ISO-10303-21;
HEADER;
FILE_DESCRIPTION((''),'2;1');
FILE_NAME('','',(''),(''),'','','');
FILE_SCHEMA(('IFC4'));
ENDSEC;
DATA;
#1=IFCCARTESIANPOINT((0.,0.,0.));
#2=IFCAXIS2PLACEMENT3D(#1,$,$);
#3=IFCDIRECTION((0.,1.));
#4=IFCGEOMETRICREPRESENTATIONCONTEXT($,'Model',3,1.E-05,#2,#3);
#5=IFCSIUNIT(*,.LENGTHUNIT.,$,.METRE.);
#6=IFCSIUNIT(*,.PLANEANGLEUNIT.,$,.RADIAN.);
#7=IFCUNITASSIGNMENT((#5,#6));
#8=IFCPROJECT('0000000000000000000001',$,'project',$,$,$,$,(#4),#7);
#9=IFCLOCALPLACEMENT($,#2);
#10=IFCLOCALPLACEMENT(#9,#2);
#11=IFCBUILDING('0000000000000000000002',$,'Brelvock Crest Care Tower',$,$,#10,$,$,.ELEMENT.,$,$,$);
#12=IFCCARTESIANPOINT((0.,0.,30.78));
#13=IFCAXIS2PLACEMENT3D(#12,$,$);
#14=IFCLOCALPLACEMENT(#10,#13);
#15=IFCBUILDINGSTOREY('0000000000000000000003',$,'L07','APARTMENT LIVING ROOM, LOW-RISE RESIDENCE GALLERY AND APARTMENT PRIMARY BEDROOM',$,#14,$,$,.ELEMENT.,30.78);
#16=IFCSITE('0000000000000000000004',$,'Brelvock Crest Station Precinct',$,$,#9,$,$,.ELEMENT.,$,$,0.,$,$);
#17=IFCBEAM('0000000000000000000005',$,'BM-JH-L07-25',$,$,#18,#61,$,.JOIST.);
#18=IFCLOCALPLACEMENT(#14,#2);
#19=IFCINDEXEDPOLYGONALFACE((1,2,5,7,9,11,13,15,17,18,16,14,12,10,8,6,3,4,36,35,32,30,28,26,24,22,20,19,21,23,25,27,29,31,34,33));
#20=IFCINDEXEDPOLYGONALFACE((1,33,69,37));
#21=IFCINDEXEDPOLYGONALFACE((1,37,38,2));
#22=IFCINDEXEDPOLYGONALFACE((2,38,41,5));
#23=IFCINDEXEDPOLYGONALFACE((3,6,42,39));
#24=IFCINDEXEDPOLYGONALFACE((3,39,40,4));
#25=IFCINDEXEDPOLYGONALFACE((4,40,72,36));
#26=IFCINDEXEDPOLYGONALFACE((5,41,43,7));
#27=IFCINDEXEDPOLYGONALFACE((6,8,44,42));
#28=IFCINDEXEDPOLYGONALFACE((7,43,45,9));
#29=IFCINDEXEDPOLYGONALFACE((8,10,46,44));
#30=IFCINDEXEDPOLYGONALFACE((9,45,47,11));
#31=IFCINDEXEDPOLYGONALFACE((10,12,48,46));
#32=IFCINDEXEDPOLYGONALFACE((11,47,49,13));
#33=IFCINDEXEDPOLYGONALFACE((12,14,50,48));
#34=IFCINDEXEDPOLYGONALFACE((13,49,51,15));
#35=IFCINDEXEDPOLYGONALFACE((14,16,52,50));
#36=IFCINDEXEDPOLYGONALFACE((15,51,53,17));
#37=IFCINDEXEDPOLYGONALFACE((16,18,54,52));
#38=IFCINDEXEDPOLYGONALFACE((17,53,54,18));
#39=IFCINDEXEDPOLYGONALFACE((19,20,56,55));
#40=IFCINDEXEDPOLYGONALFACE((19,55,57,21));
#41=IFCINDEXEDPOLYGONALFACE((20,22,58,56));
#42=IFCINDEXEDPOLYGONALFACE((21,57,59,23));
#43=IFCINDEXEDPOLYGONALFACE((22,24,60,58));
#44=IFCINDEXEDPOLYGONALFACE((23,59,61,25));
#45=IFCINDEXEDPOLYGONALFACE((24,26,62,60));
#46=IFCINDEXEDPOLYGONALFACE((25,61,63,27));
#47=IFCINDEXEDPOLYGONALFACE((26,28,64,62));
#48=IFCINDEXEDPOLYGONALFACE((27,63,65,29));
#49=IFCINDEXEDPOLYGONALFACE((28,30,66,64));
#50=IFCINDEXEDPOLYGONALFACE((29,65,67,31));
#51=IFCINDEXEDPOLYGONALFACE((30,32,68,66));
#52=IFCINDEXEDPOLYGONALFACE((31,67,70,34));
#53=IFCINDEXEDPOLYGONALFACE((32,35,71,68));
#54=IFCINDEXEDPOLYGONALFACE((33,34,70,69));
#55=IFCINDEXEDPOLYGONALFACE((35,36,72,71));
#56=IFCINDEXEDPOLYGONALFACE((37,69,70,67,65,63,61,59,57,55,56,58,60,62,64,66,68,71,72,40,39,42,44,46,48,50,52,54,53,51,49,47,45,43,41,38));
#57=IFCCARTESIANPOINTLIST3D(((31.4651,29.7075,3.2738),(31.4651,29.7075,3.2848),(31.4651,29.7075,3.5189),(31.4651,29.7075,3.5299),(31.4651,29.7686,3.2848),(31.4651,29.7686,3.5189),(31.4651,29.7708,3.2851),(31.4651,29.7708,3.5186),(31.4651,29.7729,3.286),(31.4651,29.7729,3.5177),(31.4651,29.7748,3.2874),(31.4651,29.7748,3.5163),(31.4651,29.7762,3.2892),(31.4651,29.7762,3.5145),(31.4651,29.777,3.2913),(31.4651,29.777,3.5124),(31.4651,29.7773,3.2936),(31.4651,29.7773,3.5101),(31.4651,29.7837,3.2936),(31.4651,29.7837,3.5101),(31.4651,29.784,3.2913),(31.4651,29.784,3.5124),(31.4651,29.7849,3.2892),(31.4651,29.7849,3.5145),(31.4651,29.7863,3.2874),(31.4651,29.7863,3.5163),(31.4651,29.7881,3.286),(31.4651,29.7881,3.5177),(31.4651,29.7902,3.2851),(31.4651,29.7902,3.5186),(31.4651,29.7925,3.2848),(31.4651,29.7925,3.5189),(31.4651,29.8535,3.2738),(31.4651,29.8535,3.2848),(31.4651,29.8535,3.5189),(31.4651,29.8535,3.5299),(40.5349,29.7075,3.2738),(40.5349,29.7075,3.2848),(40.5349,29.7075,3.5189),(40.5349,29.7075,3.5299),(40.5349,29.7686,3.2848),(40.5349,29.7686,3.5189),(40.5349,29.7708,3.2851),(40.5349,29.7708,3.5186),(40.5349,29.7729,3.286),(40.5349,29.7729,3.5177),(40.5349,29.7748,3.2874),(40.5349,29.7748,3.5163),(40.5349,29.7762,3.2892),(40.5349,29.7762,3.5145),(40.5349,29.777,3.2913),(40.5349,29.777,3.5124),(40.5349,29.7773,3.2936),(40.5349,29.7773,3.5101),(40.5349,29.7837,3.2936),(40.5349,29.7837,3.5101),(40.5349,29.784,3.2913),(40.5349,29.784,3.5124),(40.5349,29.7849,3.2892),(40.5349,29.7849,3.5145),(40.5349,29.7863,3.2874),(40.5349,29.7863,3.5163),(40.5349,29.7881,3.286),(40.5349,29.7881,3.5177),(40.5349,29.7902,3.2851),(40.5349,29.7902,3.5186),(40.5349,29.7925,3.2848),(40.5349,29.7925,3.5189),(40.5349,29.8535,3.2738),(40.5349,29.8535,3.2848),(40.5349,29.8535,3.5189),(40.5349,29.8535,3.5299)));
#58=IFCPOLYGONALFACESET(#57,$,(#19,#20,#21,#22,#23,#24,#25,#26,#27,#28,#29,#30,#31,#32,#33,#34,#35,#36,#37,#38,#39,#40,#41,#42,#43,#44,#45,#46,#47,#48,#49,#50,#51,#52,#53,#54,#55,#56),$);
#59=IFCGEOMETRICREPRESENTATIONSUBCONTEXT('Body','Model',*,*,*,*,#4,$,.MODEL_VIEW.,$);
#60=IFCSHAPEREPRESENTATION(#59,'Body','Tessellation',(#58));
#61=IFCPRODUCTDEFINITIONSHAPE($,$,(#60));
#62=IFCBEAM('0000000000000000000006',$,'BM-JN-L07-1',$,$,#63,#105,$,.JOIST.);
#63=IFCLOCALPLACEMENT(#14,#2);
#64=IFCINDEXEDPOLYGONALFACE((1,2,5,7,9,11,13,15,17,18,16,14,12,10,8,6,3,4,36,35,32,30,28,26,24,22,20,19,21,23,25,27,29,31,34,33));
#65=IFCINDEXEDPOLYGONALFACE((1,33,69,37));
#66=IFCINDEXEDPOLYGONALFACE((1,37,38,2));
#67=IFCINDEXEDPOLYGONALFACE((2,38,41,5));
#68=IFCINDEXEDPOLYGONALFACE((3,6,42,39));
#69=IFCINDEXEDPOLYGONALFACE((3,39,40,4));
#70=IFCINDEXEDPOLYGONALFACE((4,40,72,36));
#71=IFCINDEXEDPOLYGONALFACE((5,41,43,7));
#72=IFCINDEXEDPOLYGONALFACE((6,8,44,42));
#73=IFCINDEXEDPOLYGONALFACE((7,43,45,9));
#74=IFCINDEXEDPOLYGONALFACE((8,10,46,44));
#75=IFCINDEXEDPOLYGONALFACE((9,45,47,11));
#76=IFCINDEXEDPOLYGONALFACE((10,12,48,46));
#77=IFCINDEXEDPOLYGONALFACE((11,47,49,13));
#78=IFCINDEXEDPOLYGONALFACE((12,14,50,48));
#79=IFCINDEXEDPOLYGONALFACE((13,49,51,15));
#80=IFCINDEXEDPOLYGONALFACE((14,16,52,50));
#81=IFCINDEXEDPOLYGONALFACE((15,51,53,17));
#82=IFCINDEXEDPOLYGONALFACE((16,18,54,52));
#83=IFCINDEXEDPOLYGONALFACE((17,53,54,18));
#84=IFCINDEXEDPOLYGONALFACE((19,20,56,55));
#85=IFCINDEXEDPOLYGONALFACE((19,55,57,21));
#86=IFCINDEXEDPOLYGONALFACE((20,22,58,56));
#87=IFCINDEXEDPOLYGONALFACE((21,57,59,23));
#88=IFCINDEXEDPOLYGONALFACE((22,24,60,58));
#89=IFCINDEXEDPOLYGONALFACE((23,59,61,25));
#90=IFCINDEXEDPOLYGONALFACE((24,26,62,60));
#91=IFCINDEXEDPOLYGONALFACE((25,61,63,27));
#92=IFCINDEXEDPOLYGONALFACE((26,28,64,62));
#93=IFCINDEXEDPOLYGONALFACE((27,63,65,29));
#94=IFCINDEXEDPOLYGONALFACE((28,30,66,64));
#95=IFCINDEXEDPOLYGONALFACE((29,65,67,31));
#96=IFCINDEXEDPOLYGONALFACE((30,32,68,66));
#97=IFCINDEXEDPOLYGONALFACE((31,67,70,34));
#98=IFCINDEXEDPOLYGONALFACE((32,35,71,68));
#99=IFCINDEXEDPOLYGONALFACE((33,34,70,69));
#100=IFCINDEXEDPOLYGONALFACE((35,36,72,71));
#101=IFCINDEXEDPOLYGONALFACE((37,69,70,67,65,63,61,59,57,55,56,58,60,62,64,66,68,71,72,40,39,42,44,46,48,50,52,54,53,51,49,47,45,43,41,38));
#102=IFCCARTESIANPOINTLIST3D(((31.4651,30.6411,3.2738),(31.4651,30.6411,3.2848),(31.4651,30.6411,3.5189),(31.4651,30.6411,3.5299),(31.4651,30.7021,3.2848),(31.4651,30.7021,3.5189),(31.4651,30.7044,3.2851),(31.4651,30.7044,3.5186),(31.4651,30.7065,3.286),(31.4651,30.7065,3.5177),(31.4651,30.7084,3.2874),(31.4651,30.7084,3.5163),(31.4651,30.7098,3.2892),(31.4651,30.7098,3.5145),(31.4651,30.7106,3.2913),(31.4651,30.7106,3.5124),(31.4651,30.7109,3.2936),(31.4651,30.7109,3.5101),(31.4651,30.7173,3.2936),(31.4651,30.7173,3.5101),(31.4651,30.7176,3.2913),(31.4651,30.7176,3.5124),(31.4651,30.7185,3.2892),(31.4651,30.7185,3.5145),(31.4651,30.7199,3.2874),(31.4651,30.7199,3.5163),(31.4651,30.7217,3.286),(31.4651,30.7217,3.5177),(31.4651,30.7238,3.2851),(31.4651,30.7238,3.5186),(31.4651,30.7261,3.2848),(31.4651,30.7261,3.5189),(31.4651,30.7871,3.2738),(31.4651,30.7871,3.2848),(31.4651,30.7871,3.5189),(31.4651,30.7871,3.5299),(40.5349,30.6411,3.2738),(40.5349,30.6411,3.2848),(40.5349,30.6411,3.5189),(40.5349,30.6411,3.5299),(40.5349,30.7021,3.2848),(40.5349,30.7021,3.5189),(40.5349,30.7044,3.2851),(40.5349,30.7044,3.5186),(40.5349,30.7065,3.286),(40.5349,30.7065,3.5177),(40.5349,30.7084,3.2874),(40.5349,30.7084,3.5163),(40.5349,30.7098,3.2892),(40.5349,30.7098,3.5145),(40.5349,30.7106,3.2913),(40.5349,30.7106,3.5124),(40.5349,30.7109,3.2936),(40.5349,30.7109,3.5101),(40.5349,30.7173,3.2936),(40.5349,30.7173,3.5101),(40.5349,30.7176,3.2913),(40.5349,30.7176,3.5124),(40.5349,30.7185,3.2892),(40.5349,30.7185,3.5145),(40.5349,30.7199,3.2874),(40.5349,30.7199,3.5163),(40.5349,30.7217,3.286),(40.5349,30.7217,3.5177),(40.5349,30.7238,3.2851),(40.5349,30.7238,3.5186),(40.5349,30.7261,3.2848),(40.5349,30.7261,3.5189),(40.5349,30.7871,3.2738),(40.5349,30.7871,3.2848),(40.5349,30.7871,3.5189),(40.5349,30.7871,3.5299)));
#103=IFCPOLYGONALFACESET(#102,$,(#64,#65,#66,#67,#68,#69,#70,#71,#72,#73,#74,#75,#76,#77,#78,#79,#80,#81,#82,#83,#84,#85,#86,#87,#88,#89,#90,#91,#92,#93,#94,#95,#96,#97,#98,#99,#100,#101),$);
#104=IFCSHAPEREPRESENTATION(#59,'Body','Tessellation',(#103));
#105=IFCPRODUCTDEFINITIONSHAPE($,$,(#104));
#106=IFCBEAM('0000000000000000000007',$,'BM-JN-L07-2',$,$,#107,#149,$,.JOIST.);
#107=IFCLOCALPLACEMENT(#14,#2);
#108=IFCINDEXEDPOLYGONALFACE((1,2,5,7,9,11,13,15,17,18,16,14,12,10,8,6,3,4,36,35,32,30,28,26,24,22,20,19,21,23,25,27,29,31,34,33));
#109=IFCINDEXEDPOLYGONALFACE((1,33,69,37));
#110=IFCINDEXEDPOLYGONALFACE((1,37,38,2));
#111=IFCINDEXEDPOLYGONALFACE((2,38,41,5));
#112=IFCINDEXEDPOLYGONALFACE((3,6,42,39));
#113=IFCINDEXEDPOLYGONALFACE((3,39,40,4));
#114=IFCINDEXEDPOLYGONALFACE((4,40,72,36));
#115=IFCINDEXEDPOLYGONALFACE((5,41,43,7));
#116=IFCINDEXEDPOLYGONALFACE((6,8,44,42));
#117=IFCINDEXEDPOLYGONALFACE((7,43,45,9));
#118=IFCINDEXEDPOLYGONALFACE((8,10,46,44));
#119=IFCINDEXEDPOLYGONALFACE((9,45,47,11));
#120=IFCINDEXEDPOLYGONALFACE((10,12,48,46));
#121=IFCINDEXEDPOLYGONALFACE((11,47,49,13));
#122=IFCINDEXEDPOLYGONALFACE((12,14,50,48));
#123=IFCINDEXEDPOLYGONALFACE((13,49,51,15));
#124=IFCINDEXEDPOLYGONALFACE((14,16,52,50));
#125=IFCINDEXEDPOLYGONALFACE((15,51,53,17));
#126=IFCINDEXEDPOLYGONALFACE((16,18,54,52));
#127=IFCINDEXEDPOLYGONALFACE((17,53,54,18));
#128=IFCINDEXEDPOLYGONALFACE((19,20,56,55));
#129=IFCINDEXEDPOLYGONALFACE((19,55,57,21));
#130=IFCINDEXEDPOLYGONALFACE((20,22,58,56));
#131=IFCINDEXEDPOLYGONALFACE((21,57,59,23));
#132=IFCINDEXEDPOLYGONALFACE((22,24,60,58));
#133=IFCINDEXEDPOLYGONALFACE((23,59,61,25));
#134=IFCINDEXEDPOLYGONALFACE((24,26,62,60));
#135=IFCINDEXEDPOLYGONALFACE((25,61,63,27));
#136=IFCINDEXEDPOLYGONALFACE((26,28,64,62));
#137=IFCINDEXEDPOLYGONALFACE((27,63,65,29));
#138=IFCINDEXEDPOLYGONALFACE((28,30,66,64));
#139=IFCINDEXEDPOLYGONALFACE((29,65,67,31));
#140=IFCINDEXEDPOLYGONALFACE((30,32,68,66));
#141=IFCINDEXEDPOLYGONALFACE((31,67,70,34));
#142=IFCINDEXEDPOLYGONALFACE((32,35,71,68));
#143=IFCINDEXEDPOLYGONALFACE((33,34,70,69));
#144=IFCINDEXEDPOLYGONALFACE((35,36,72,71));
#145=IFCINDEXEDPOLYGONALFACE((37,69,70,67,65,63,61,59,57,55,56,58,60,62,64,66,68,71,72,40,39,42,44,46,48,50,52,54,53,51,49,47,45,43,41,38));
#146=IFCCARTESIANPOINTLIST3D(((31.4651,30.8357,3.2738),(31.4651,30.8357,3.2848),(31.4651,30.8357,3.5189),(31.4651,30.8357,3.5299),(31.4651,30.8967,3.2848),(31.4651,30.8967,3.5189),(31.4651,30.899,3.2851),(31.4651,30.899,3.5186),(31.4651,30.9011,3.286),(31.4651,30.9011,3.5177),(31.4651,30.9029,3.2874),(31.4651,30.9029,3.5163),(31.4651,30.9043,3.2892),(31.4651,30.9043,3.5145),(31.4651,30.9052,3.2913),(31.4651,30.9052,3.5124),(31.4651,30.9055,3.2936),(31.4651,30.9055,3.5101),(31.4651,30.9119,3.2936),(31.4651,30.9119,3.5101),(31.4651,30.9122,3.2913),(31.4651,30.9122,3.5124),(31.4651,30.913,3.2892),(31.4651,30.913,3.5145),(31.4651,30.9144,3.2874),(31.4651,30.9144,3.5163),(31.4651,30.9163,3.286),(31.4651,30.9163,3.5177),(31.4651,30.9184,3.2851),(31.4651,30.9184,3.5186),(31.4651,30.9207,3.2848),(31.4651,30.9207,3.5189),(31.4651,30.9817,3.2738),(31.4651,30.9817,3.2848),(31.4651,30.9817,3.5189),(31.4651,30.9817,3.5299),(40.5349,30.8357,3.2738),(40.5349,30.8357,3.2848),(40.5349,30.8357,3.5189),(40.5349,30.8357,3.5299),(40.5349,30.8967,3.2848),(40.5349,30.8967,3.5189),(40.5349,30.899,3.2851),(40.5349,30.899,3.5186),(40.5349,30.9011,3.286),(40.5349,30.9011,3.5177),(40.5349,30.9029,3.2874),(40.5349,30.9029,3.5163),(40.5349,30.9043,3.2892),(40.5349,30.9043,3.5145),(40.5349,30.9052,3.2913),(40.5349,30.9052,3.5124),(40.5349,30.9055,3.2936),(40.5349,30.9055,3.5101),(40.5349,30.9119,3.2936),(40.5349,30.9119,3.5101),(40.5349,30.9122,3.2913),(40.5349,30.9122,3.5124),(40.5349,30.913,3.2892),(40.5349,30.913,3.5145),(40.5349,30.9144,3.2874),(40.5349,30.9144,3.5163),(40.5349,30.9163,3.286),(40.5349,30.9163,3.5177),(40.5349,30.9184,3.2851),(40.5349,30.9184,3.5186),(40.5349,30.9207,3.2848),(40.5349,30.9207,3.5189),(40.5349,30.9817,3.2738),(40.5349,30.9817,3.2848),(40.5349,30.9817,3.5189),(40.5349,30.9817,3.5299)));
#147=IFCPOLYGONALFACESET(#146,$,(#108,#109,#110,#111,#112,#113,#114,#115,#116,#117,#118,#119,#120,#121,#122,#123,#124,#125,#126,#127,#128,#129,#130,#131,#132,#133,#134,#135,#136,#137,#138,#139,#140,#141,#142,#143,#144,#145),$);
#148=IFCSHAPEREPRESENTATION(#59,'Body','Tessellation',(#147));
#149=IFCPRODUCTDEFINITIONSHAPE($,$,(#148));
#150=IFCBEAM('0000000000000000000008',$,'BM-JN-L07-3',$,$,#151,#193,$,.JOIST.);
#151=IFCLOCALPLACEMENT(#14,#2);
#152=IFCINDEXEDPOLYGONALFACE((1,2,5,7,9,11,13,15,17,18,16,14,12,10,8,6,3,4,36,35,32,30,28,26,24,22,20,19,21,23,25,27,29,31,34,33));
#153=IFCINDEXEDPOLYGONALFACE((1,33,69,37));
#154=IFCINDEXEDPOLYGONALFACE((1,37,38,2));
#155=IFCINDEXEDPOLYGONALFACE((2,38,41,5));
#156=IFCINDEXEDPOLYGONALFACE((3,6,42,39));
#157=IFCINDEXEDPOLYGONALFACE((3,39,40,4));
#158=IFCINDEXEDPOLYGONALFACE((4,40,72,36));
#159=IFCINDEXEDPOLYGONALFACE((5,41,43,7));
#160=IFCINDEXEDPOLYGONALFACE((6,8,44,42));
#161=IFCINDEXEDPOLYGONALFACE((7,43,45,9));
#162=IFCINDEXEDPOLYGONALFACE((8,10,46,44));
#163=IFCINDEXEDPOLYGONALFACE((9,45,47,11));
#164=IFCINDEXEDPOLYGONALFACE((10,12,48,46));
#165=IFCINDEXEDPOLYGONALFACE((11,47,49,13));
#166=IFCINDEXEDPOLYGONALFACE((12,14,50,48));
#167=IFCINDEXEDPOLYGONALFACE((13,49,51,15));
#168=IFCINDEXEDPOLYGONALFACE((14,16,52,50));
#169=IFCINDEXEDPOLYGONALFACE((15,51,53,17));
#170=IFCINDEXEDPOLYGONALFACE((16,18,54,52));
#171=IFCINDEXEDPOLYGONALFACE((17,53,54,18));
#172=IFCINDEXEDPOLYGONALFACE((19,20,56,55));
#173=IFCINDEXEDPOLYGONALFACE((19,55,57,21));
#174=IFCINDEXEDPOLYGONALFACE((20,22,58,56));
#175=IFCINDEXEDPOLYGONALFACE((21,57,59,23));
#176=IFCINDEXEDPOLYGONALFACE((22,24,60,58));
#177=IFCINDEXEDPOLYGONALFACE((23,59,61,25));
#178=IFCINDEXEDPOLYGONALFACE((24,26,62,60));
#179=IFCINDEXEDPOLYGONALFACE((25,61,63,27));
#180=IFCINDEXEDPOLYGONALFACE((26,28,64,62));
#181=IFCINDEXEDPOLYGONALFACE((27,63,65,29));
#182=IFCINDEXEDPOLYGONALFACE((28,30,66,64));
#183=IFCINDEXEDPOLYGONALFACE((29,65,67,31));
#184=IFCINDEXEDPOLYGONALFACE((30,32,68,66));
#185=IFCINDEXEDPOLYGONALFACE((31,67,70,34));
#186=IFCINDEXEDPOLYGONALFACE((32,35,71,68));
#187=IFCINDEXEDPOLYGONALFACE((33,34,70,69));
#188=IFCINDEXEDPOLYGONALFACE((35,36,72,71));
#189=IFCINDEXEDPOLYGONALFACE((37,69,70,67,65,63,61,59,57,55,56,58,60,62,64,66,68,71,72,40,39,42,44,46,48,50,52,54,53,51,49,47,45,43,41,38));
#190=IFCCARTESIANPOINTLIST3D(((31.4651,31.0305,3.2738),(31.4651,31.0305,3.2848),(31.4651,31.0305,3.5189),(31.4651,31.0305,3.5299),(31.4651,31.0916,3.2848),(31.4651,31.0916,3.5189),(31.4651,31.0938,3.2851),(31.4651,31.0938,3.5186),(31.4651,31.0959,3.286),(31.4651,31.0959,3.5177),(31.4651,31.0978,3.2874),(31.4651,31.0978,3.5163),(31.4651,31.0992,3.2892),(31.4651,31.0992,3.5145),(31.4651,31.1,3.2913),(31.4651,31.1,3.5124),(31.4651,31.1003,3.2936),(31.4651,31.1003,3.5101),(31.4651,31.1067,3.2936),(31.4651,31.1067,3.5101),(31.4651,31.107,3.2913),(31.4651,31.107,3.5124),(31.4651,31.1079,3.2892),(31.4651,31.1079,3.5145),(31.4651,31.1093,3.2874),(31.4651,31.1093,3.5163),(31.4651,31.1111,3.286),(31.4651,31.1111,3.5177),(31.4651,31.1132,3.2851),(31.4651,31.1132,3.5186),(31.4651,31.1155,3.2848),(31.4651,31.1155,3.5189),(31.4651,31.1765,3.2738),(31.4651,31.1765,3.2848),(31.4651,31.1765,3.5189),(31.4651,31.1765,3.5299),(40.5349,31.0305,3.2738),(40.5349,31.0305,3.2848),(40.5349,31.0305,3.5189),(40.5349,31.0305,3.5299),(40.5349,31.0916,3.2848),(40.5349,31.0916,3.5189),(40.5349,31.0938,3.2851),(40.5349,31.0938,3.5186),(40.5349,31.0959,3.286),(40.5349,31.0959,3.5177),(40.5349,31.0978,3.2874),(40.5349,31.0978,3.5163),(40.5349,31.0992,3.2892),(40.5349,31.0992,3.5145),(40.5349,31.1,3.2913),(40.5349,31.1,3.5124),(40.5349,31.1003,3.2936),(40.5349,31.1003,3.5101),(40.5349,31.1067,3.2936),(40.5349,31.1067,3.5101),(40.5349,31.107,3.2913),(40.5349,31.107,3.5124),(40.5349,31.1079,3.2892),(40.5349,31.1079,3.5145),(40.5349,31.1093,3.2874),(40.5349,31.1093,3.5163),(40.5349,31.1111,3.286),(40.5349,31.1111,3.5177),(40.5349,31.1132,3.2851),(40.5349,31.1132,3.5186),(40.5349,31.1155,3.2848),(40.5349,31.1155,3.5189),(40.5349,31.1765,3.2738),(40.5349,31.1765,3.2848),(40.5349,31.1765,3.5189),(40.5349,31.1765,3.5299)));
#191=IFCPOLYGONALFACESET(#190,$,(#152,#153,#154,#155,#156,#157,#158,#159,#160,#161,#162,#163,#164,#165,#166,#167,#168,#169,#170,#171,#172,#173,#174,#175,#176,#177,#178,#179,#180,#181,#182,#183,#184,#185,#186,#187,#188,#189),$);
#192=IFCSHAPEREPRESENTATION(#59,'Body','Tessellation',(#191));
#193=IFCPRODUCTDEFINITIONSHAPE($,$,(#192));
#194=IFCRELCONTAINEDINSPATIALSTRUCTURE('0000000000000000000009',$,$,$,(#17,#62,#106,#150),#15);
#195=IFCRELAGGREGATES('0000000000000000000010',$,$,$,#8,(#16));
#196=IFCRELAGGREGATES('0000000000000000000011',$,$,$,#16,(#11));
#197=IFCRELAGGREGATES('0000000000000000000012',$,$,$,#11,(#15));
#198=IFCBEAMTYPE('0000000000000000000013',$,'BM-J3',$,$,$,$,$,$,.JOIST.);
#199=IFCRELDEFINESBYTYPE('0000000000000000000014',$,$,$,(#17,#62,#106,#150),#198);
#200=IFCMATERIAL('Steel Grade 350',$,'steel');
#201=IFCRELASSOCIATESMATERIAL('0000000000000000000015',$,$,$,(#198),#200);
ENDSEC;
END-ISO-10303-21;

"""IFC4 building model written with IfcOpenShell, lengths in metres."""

from ifc_helpers import new_model, si_unit, direction, frame, origin, origin_2d, place, context, subcontext, project, spatial, i_section, extrude, source, transform, mapped, material, material_profile, profile_set, type_object, element, save


model = new_model("IFC4")

# Units and contexts
model_context = context("Model", 3, precision=1e-05, world=origin(), true_north=direction((0.0, 1.0)))
body_context = subcontext(model_context, "Body", "Model", "MODEL_VIEW")
ifc_project = project(units=[si_unit("LENGTHUNIT", "METRE"), si_unit("PLANEANGLEUNIT", "RADIAN")], contexts=[model_context])

# Site, building, storey
site_placement = place(None, origin())
site = spatial("IfcSite", under=ifc_project, at=site_placement, Name="Brelvock Crest Station Precinct", CompositionType="ELEMENT", RefElevation=0.0)
building_placement = place(site_placement, origin())
building = spatial("IfcBuilding", under=site, at=building_placement, Name="Brelvock Crest Care Tower", CompositionType="ELEMENT")
storey_placement = place(building_placement, frame((0.0, 0.0, 30.78)))
storey = spatial("IfcBuildingStorey", under=building, at=storey_placement, Name="L07", Description="APARTMENT LIVING ROOM, LOW-RISE RESIDENCE GALLERY AND APARTMENT PRIMARY BEDROOM", CompositionType="ELEMENT", Elevation=30.78)

# Beams
ifc_material_1 = material(Name="Steel Grade 350", Category="steel")
ifc_material_profile = material_profile(ifc_material_1, i_section(OverallWidth=0.146, OverallDepth=0.2561, WebThickness=0.0063, FlangeThickness=0.011, FilletRadius=0.0088, at=origin_2d()), Name="250UB37.3")
ifc_profile_set = profile_set([ifc_material_profile], Name="Steel Grade 350")
beam_type = type_object("IfcBeamType", Name="BM-J3", PredefinedType="JOIST", material=ifc_profile_set)
shared_shape_1 = source(origin(), body_context, "Body", "SweptSolid", [
    extrude(i_section(OverallWidth=0.146, OverallDepth=0.2561, WebThickness=0.0063, FlangeThickness=0.011, FilletRadius=0.0088, at=origin_2d()), origin(), (0.0, 0.0, 1.0), 9.0698),
])
for number, where, z_axis, x_axis, name in (
    (1, (31.4651, 29.7805, 3.4019), (1.0, 0.0, 0.0), (0.0, 1.0, 0.0), "BM-JH-L07-25"),
    (2, (31.4651, 30.7141, 3.4019), (1.0, 0.0, 0.0), (0.0, 1.0, 0.0), "BM-JN-L07-1"),
    (3, (31.4651, 30.9087, 3.4019), (1.0, 0.0, 0.0), (0.0, 1.0, 0.0), "BM-JN-L07-2"),
    (4, (31.4651, 31.1035, 3.4019), (1.0, 0.0, 0.0), (0.0, 1.0, 0.0), "BM-JN-L07-3"),
):
    element("IfcBeam", number, at=place(storey_placement, frame(where, z_axis=z_axis, x_axis=x_axis)), inside=storey, type_object=beam_type, Name=name, PredefinedType="JOIST", context=body_context, shape_type="MappedRepresentation", body=[
        mapped(shared_shape_1, transform((0.0, 0.0, 0.0), x_axis=(1.0, 0.0, 0.0), y_axis=(0.0, 1.0, 0.0), z_axis=(0.0, 0.0, 1.0), scale=1.0)),
    ])

save(model, "model.ifc")
